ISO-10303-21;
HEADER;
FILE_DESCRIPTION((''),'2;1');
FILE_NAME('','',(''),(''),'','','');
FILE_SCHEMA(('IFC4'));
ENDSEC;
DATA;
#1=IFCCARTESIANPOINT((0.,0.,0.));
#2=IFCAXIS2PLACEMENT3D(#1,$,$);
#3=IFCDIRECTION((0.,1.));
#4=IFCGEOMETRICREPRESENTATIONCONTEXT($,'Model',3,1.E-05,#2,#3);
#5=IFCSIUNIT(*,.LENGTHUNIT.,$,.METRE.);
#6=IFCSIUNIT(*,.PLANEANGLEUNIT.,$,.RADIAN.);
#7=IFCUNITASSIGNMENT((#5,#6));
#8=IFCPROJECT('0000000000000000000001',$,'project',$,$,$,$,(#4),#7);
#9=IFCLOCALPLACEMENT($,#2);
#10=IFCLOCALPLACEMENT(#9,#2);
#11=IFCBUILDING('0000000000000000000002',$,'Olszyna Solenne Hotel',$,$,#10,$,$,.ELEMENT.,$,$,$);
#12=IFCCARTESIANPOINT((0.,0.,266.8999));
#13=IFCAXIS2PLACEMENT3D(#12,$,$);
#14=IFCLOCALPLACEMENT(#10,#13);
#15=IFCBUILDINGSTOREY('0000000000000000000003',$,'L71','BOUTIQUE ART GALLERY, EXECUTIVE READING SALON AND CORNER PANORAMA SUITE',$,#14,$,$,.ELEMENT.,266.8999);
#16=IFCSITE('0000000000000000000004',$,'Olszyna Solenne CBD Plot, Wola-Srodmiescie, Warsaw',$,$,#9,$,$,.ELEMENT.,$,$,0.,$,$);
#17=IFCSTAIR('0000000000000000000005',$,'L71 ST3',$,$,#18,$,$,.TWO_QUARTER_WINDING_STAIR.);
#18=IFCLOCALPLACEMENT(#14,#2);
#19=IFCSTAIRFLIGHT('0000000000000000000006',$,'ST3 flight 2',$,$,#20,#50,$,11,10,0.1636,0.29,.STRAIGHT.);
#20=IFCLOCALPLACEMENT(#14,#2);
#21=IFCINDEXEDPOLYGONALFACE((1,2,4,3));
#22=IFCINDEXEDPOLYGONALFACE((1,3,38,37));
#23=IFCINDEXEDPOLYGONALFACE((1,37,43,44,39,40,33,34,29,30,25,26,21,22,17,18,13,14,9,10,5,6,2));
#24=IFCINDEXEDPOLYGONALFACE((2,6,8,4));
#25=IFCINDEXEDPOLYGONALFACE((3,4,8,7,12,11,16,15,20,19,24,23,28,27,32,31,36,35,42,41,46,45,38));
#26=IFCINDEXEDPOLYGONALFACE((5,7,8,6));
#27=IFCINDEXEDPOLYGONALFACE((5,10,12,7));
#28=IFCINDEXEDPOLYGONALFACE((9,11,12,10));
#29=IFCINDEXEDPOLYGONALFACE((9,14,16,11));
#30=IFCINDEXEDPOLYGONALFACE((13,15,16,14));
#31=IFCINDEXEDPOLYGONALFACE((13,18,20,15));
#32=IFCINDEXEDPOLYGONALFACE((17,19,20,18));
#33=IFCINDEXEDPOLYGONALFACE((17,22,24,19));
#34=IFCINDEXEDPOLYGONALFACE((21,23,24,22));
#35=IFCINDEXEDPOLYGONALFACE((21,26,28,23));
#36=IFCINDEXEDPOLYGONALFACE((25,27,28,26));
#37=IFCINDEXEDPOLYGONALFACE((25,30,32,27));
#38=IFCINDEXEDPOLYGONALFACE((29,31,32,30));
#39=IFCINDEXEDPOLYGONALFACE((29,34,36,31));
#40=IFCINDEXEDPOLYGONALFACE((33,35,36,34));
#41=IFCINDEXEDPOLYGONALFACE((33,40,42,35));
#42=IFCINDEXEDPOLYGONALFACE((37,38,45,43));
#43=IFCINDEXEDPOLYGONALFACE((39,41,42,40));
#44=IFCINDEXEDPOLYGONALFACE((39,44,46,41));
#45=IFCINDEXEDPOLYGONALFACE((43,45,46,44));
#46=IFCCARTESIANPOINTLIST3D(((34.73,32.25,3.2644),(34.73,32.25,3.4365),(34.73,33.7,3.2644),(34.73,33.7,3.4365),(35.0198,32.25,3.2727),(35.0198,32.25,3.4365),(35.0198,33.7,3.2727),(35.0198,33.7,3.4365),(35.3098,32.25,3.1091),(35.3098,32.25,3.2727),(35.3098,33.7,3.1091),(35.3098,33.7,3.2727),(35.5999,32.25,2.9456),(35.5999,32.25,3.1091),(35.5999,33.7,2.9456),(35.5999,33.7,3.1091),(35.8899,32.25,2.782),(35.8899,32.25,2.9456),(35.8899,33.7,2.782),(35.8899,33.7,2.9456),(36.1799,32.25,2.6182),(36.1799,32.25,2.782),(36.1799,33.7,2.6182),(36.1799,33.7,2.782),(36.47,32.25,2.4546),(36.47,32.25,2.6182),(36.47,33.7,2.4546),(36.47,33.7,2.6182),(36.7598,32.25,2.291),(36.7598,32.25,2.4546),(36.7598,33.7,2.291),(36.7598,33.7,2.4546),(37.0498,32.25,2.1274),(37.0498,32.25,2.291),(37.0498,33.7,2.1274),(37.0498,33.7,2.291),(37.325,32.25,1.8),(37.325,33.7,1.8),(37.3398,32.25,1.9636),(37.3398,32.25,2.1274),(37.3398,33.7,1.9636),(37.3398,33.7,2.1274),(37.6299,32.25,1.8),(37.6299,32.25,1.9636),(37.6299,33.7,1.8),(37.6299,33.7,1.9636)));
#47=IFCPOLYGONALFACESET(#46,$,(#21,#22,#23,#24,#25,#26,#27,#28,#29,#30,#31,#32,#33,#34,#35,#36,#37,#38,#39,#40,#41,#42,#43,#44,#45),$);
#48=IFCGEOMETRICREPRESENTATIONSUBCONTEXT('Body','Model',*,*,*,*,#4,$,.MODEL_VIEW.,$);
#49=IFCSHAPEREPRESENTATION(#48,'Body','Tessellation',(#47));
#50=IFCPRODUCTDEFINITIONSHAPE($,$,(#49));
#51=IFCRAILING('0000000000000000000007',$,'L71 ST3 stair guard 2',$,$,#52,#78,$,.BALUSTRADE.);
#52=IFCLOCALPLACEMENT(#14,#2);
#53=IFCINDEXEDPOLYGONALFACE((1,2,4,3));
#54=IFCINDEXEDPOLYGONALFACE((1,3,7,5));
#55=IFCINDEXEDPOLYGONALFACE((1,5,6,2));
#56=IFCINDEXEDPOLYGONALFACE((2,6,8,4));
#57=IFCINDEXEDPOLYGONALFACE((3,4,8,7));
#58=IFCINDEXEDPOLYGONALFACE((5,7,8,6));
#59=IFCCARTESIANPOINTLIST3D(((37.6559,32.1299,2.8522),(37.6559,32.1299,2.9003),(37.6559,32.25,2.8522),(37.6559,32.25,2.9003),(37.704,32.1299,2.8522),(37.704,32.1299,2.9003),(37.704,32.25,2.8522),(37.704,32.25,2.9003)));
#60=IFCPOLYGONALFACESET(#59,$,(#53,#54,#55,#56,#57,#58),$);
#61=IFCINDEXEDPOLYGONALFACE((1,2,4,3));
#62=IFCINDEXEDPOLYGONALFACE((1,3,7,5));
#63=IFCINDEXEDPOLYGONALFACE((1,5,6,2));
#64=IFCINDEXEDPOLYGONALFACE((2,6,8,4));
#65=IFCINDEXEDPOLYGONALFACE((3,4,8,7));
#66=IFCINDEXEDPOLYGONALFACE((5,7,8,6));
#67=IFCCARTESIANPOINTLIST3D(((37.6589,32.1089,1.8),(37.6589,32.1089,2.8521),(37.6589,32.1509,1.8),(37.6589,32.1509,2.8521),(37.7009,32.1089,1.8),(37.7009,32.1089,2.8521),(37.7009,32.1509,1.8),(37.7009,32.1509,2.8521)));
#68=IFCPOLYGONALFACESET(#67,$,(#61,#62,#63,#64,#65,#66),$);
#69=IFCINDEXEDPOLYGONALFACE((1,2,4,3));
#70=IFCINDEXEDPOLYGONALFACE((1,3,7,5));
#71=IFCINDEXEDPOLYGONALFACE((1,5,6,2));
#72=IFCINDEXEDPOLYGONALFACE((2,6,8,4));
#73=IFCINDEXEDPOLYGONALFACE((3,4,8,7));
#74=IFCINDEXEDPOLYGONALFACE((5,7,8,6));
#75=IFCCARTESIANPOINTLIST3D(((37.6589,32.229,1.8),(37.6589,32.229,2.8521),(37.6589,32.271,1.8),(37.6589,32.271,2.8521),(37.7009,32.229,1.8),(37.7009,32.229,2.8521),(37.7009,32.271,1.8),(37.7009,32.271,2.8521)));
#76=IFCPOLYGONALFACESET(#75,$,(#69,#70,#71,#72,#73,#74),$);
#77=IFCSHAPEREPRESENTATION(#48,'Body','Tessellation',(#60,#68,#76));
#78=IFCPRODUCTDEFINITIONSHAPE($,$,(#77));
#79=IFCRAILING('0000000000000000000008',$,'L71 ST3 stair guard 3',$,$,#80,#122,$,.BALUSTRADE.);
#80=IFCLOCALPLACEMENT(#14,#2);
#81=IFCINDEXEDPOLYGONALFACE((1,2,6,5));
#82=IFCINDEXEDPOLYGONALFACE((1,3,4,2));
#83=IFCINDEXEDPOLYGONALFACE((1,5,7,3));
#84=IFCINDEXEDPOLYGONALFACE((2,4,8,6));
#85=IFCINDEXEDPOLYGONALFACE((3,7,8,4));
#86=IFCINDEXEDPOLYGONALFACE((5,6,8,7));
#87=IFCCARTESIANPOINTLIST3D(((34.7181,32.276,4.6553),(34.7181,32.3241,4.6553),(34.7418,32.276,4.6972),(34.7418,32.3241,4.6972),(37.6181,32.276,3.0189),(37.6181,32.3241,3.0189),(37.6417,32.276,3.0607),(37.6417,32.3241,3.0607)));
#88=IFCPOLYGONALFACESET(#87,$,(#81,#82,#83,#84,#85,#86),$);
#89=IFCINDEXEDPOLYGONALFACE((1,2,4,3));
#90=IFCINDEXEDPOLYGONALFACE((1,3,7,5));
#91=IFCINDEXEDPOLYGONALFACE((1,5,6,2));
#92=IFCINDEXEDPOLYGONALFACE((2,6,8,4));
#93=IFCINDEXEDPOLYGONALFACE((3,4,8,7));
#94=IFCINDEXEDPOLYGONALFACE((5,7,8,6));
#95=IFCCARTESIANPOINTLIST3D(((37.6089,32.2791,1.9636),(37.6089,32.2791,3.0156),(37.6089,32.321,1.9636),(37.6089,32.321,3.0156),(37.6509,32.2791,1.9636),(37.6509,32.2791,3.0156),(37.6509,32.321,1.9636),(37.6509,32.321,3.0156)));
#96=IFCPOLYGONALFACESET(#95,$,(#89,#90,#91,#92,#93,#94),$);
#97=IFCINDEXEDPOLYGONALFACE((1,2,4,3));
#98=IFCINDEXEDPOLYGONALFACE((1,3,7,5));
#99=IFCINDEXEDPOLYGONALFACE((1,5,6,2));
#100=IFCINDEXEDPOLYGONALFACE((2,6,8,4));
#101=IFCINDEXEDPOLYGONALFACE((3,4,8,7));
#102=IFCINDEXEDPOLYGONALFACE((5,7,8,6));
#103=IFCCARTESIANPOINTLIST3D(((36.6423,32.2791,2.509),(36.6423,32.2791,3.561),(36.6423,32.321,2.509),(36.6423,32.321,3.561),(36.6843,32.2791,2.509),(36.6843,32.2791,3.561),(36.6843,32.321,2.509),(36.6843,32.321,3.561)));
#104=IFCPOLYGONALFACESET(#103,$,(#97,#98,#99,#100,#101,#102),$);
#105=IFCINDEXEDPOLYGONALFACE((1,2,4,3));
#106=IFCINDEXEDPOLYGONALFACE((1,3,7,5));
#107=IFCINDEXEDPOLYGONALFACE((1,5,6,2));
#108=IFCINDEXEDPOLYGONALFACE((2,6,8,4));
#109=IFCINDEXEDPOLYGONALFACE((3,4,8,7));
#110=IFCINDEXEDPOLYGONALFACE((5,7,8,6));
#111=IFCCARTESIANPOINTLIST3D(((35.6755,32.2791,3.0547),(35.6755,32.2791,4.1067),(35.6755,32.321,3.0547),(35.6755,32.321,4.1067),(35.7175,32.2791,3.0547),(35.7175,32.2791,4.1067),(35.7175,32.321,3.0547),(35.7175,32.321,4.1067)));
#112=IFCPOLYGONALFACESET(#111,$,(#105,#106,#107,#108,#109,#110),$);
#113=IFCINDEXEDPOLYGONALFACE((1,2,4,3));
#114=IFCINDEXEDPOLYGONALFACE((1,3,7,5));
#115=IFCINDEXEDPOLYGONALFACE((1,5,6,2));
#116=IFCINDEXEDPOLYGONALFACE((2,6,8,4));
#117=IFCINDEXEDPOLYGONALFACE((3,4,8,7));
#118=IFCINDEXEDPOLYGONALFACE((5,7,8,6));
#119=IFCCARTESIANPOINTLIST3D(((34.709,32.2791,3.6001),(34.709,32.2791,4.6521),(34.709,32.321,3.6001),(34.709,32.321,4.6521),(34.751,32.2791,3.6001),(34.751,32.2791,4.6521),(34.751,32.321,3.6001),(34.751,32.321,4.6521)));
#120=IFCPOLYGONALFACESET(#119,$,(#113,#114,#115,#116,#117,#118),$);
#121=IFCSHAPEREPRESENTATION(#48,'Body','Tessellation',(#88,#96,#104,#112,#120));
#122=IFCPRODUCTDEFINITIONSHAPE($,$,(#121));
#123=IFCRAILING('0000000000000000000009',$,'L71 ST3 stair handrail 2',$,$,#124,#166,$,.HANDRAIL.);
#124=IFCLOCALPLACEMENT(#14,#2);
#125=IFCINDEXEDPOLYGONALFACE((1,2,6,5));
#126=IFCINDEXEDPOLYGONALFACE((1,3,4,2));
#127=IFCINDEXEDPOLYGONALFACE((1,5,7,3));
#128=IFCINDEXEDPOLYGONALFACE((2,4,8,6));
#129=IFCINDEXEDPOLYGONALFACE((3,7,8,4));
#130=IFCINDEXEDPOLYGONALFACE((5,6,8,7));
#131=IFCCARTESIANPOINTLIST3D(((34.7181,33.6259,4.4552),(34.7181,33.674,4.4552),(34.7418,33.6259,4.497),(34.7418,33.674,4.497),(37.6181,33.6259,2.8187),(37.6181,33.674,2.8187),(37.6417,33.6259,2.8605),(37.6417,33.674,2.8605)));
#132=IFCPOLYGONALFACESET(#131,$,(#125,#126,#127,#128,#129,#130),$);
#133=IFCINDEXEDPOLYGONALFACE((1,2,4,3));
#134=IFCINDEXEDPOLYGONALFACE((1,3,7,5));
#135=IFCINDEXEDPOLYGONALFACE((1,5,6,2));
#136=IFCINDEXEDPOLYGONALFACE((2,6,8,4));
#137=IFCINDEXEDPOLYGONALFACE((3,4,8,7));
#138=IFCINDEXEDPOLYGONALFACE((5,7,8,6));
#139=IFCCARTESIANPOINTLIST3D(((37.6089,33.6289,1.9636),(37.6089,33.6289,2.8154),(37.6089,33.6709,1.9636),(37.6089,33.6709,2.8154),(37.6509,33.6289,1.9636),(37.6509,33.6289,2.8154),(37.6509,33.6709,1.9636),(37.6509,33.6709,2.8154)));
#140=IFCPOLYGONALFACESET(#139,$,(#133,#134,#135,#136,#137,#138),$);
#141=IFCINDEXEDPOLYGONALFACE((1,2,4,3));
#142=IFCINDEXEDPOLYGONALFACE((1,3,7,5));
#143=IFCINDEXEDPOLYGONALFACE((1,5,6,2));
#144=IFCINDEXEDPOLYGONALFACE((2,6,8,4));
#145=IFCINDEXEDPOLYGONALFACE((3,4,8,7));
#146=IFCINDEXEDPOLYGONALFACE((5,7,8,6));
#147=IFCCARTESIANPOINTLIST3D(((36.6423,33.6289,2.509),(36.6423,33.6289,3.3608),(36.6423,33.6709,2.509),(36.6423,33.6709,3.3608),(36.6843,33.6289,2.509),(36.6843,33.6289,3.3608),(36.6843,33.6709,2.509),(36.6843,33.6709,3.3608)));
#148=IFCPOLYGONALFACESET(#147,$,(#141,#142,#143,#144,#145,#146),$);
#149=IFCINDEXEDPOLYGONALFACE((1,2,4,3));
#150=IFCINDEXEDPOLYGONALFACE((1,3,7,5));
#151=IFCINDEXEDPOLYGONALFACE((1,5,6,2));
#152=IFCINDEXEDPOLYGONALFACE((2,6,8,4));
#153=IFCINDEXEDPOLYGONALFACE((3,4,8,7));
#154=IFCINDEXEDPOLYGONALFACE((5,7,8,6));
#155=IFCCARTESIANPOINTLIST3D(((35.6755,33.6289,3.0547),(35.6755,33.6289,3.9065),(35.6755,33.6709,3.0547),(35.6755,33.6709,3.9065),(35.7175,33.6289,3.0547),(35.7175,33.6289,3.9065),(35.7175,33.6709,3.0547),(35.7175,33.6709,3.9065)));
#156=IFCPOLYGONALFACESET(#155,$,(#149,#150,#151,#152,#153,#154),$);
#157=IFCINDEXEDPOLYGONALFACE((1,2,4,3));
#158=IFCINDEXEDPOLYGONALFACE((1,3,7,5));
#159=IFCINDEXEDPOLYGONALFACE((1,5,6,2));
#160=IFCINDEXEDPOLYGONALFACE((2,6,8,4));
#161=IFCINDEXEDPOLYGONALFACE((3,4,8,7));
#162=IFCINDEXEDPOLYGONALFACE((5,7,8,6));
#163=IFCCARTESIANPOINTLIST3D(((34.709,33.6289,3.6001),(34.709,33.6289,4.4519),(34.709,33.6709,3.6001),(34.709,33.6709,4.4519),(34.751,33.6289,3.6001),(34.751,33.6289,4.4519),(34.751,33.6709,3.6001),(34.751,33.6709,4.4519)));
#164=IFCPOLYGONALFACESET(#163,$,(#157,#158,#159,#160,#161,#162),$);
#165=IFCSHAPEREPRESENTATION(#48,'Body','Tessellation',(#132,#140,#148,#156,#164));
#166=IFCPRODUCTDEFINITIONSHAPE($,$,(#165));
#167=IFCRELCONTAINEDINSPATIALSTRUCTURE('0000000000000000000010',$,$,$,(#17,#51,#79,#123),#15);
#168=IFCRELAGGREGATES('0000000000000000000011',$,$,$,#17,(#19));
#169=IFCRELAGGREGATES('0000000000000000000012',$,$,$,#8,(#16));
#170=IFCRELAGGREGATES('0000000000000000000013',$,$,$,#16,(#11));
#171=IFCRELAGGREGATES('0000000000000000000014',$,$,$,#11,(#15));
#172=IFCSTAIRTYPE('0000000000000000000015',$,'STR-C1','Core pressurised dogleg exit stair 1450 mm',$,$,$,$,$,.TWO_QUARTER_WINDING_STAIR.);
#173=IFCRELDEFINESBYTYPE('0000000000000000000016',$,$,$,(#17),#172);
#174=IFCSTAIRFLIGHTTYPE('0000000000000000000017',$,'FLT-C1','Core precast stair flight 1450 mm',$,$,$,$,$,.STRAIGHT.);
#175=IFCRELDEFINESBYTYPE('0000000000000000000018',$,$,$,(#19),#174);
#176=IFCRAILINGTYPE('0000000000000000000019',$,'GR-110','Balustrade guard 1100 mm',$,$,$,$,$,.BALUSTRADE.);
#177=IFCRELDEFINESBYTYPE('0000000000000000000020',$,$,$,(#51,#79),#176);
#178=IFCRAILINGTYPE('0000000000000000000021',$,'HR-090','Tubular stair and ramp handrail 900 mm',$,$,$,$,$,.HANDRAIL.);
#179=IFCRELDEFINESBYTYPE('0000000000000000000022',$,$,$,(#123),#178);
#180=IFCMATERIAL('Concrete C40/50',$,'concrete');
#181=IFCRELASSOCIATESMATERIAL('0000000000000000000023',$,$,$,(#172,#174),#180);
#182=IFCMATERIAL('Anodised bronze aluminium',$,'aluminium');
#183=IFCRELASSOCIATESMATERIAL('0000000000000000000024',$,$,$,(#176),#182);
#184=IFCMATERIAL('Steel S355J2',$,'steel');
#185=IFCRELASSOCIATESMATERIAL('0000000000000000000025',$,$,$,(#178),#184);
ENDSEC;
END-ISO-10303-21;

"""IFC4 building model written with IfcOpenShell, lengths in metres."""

from ifc_helpers import new_model, si_unit, direction, frame, origin, origin_2d, place, context, subcontext, project, spatial, polyline, rectangle, outline, extrude, material, type_object, element, aggregate, save


model = new_model("IFC4")

# Units and contexts
model_context = context("Model", 3, precision=1e-05, world=origin(), true_north=direction((0.0, 1.0)))
body_context = subcontext(model_context, "Body", "Model", "MODEL_VIEW")
ifc_project = project(units=[si_unit("LENGTHUNIT", "METRE"), si_unit("PLANEANGLEUNIT", "RADIAN")], contexts=[model_context])

# Site, building, storey
site_placement = place(None, origin())
site = spatial("IfcSite", under=ifc_project, at=site_placement, Name="Olszyna Solenne CBD Plot, Wola-Srodmiescie, Warsaw", CompositionType="ELEMENT", RefElevation=0.0)
building_placement = place(site_placement, origin())
building = spatial("IfcBuilding", under=site, at=building_placement, Name="Olszyna Solenne Hotel", CompositionType="ELEMENT")
storey_placement = place(building_placement, frame((0.0, 0.0, 266.8999)))
storey = spatial("IfcBuildingStorey", under=building, at=storey_placement, Name="L71", Description="BOUTIQUE ART GALLERY, EXECUTIVE READING SALON AND CORNER PANORAMA SUITE", CompositionType="ELEMENT", Elevation=266.8999)

# Shared definitions
ifc_material_1 = material(Name="Steel S355J2", Category="steel")

# Shared definitions
ifc_material_2 = material(Name="Anodised bronze aluminium", Category="aluminium")

# Stair, stair flight
ifc_material_3 = material(Name="Concrete C40/50", Category="concrete")
stair_type = type_object("IfcStairType", Name="STR-C1", Description="Core pressurised dogleg exit stair 1450 mm", PredefinedType="TWO_QUARTER_WINDING_STAIR", material=ifc_material_3)
stair_placement = place(storey_placement, origin())
stair = element("IfcStair", 1, at=stair_placement, inside=storey, type_object=stair_type, Name="L71 ST3", PredefinedType="TWO_QUARTER_WINDING_STAIR")
stair_flight_type = type_object("IfcStairFlightType", Name="FLT-C1", Description="Core precast stair flight 1450 mm", PredefinedType="STRAIGHT", material=ifc_material_3)
stair_flight_placement = place(storey_placement, frame((37.6299, 32.9751, 1.8), z_axis=(0.0, 0.0, 1.0), x_axis=(-1.0, 0.0, 0.0)))
stair_flight = element("IfcStairFlight", 2, at=stair_flight_placement, type_object=stair_flight_type, Name="ST3 flight 2", NumberOfRisers=11, NumberOfTreads=10, PredefinedType="STRAIGHT", RiserHeight=0.1636, TreadLength=0.29, context=body_context, shape_type="SweptSolid", body=[
    extrude(outline(polyline([(0.0, 0.0), (0.0, 0.1636), (0.29, 0.1636), (0.29, 0.3274), (0.5801, 0.3274), (0.5801, 0.491), (0.8701, 0.491), (0.8701, 0.6545), (1.1599, 0.6545), (1.1599, 0.8181), (1.45, 0.8181), (1.45, 0.9819), (1.74, 0.9819), (1.74, 1.1455), (2.03, 1.1455), (2.03, 1.3091), (2.3201, 1.3091), (2.3201, 1.4727), (2.6101, 1.4727), (2.6101, 1.6365), (2.8999, 1.6365), (2.8999, 1.8), (2.8999, 1.4644), (0.3049, 0.0), (0.0, 0.0)])), frame((0.0, 0.7251, 0.0), z_axis=(0.0, -1.0, 0.0), x_axis=(1.0, 0.0, 0.0)), (0.0, 0.0, 1.0), 1.45),
])
aggregate(stair, [stair_flight])

# Railings
railing_type_1 = type_object("IfcRailingType", Name="GR-110", Description="Balustrade guard 1100 mm", PredefinedType="BALUSTRADE", material=ifc_material_2)
railing_1_placement = place(storey_placement, frame((37.6799, 32.1299, 1.8)))
element("IfcRailing", 3, at=railing_1_placement, inside=storey, type_object=railing_type_1, Name="L71 ST3 stair guard 2", PredefinedType="BALUSTRADE", context=body_context, shape_type="SweptSolid", body=[
    extrude(rectangle(XDim=0.0481, YDim=0.0481, at=origin_2d()), frame((0.0, 0.0, 1.0762), z_axis=(0.0, 1.0, 0.0), x_axis=(-1.0, 0.0, 0.0)), (0.0, 0.0, 1.0), 0.1201),
    extrude(rectangle(XDim=0.042, YDim=0.042, at=origin_2d()), origin(), (0.0, 0.0, 1.0), 1.052),
    extrude(rectangle(XDim=0.042, YDim=0.042, at=origin_2d()), frame((0.0, 0.1201, 0.0)), (0.0, 0.0, 1.0), 1.052),
])
railing_2_placement = place(storey_placement, frame((37.6299, 32.3, 1.9636)))
element("IfcRailing", 4, at=railing_2_placement, inside=storey, type_object=railing_type_1, Name="L71 ST3 stair guard 3", PredefinedType="BALUSTRADE", context=body_context, shape_type="SweptSolid", body=[
    extrude(rectangle(XDim=0.0481, YDim=0.0481, at=origin_2d()), frame((0.0, 0.0, 1.0762), z_axis=(-0.870897, 0.0, 0.491465), x_axis=(0.0, -1.0, 0.0)), (0.0, 0.0, 1.0), 3.3298),
    extrude(rectangle(XDim=0.042, YDim=0.042, at=origin_2d()), origin(), (0.0, 0.0, 1.0), 1.052),
    extrude(rectangle(XDim=0.042, YDim=0.042, at=origin_2d()), frame((-0.9666, 0.0, 0.5454)), (0.0, 0.0, 1.0), 1.052),
    extrude(rectangle(XDim=0.042, YDim=0.042, at=origin_2d()), frame((-1.9333, 0.0, 1.0911)), (0.0, 0.0, 1.0), 1.052),
    extrude(rectangle(XDim=0.042, YDim=0.042, at=origin_2d()), frame((-2.8999, 0.0, 1.6365)), (0.0, 0.0, 1.0), 1.052),
])
railing_type_2 = type_object("IfcRailingType", Name="HR-090", Description="Tubular stair and ramp handrail 900 mm", PredefinedType="HANDRAIL", material=ifc_material_1)
railing_3_placement = place(storey_placement, frame((37.6299, 33.6499, 1.9636)))
element("IfcRailing", 5, at=railing_3_placement, inside=storey, type_object=railing_type_2, Name="L71 ST3 stair handrail 2", PredefinedType="HANDRAIL", context=body_context, shape_type="SweptSolid", body=[
    extrude(rectangle(XDim=0.0481, YDim=0.0481, at=origin_2d()), frame((0.0, 0.0, 0.876), z_axis=(-0.870897, 0.0, 0.491465), x_axis=(0.0, -1.0, 0.0)), (0.0, 0.0, 1.0), 3.3298),
    extrude(rectangle(XDim=0.042, YDim=0.042, at=origin_2d()), origin(), (0.0, 0.0, 1.0), 0.8518),
    extrude(rectangle(XDim=0.042, YDim=0.042, at=origin_2d()), frame((-0.9666, 0.0, 0.5454)), (0.0, 0.0, 1.0), 0.8518),
    extrude(rectangle(XDim=0.042, YDim=0.042, at=origin_2d()), frame((-1.9333, 0.0, 1.0911)), (0.0, 0.0, 1.0), 0.8518),
    extrude(rectangle(XDim=0.042, YDim=0.042, at=origin_2d()), frame((-2.8999, 0.0, 1.6365)), (0.0, 0.0, 1.0), 0.8518),
])

save(model, "model.ifc")
